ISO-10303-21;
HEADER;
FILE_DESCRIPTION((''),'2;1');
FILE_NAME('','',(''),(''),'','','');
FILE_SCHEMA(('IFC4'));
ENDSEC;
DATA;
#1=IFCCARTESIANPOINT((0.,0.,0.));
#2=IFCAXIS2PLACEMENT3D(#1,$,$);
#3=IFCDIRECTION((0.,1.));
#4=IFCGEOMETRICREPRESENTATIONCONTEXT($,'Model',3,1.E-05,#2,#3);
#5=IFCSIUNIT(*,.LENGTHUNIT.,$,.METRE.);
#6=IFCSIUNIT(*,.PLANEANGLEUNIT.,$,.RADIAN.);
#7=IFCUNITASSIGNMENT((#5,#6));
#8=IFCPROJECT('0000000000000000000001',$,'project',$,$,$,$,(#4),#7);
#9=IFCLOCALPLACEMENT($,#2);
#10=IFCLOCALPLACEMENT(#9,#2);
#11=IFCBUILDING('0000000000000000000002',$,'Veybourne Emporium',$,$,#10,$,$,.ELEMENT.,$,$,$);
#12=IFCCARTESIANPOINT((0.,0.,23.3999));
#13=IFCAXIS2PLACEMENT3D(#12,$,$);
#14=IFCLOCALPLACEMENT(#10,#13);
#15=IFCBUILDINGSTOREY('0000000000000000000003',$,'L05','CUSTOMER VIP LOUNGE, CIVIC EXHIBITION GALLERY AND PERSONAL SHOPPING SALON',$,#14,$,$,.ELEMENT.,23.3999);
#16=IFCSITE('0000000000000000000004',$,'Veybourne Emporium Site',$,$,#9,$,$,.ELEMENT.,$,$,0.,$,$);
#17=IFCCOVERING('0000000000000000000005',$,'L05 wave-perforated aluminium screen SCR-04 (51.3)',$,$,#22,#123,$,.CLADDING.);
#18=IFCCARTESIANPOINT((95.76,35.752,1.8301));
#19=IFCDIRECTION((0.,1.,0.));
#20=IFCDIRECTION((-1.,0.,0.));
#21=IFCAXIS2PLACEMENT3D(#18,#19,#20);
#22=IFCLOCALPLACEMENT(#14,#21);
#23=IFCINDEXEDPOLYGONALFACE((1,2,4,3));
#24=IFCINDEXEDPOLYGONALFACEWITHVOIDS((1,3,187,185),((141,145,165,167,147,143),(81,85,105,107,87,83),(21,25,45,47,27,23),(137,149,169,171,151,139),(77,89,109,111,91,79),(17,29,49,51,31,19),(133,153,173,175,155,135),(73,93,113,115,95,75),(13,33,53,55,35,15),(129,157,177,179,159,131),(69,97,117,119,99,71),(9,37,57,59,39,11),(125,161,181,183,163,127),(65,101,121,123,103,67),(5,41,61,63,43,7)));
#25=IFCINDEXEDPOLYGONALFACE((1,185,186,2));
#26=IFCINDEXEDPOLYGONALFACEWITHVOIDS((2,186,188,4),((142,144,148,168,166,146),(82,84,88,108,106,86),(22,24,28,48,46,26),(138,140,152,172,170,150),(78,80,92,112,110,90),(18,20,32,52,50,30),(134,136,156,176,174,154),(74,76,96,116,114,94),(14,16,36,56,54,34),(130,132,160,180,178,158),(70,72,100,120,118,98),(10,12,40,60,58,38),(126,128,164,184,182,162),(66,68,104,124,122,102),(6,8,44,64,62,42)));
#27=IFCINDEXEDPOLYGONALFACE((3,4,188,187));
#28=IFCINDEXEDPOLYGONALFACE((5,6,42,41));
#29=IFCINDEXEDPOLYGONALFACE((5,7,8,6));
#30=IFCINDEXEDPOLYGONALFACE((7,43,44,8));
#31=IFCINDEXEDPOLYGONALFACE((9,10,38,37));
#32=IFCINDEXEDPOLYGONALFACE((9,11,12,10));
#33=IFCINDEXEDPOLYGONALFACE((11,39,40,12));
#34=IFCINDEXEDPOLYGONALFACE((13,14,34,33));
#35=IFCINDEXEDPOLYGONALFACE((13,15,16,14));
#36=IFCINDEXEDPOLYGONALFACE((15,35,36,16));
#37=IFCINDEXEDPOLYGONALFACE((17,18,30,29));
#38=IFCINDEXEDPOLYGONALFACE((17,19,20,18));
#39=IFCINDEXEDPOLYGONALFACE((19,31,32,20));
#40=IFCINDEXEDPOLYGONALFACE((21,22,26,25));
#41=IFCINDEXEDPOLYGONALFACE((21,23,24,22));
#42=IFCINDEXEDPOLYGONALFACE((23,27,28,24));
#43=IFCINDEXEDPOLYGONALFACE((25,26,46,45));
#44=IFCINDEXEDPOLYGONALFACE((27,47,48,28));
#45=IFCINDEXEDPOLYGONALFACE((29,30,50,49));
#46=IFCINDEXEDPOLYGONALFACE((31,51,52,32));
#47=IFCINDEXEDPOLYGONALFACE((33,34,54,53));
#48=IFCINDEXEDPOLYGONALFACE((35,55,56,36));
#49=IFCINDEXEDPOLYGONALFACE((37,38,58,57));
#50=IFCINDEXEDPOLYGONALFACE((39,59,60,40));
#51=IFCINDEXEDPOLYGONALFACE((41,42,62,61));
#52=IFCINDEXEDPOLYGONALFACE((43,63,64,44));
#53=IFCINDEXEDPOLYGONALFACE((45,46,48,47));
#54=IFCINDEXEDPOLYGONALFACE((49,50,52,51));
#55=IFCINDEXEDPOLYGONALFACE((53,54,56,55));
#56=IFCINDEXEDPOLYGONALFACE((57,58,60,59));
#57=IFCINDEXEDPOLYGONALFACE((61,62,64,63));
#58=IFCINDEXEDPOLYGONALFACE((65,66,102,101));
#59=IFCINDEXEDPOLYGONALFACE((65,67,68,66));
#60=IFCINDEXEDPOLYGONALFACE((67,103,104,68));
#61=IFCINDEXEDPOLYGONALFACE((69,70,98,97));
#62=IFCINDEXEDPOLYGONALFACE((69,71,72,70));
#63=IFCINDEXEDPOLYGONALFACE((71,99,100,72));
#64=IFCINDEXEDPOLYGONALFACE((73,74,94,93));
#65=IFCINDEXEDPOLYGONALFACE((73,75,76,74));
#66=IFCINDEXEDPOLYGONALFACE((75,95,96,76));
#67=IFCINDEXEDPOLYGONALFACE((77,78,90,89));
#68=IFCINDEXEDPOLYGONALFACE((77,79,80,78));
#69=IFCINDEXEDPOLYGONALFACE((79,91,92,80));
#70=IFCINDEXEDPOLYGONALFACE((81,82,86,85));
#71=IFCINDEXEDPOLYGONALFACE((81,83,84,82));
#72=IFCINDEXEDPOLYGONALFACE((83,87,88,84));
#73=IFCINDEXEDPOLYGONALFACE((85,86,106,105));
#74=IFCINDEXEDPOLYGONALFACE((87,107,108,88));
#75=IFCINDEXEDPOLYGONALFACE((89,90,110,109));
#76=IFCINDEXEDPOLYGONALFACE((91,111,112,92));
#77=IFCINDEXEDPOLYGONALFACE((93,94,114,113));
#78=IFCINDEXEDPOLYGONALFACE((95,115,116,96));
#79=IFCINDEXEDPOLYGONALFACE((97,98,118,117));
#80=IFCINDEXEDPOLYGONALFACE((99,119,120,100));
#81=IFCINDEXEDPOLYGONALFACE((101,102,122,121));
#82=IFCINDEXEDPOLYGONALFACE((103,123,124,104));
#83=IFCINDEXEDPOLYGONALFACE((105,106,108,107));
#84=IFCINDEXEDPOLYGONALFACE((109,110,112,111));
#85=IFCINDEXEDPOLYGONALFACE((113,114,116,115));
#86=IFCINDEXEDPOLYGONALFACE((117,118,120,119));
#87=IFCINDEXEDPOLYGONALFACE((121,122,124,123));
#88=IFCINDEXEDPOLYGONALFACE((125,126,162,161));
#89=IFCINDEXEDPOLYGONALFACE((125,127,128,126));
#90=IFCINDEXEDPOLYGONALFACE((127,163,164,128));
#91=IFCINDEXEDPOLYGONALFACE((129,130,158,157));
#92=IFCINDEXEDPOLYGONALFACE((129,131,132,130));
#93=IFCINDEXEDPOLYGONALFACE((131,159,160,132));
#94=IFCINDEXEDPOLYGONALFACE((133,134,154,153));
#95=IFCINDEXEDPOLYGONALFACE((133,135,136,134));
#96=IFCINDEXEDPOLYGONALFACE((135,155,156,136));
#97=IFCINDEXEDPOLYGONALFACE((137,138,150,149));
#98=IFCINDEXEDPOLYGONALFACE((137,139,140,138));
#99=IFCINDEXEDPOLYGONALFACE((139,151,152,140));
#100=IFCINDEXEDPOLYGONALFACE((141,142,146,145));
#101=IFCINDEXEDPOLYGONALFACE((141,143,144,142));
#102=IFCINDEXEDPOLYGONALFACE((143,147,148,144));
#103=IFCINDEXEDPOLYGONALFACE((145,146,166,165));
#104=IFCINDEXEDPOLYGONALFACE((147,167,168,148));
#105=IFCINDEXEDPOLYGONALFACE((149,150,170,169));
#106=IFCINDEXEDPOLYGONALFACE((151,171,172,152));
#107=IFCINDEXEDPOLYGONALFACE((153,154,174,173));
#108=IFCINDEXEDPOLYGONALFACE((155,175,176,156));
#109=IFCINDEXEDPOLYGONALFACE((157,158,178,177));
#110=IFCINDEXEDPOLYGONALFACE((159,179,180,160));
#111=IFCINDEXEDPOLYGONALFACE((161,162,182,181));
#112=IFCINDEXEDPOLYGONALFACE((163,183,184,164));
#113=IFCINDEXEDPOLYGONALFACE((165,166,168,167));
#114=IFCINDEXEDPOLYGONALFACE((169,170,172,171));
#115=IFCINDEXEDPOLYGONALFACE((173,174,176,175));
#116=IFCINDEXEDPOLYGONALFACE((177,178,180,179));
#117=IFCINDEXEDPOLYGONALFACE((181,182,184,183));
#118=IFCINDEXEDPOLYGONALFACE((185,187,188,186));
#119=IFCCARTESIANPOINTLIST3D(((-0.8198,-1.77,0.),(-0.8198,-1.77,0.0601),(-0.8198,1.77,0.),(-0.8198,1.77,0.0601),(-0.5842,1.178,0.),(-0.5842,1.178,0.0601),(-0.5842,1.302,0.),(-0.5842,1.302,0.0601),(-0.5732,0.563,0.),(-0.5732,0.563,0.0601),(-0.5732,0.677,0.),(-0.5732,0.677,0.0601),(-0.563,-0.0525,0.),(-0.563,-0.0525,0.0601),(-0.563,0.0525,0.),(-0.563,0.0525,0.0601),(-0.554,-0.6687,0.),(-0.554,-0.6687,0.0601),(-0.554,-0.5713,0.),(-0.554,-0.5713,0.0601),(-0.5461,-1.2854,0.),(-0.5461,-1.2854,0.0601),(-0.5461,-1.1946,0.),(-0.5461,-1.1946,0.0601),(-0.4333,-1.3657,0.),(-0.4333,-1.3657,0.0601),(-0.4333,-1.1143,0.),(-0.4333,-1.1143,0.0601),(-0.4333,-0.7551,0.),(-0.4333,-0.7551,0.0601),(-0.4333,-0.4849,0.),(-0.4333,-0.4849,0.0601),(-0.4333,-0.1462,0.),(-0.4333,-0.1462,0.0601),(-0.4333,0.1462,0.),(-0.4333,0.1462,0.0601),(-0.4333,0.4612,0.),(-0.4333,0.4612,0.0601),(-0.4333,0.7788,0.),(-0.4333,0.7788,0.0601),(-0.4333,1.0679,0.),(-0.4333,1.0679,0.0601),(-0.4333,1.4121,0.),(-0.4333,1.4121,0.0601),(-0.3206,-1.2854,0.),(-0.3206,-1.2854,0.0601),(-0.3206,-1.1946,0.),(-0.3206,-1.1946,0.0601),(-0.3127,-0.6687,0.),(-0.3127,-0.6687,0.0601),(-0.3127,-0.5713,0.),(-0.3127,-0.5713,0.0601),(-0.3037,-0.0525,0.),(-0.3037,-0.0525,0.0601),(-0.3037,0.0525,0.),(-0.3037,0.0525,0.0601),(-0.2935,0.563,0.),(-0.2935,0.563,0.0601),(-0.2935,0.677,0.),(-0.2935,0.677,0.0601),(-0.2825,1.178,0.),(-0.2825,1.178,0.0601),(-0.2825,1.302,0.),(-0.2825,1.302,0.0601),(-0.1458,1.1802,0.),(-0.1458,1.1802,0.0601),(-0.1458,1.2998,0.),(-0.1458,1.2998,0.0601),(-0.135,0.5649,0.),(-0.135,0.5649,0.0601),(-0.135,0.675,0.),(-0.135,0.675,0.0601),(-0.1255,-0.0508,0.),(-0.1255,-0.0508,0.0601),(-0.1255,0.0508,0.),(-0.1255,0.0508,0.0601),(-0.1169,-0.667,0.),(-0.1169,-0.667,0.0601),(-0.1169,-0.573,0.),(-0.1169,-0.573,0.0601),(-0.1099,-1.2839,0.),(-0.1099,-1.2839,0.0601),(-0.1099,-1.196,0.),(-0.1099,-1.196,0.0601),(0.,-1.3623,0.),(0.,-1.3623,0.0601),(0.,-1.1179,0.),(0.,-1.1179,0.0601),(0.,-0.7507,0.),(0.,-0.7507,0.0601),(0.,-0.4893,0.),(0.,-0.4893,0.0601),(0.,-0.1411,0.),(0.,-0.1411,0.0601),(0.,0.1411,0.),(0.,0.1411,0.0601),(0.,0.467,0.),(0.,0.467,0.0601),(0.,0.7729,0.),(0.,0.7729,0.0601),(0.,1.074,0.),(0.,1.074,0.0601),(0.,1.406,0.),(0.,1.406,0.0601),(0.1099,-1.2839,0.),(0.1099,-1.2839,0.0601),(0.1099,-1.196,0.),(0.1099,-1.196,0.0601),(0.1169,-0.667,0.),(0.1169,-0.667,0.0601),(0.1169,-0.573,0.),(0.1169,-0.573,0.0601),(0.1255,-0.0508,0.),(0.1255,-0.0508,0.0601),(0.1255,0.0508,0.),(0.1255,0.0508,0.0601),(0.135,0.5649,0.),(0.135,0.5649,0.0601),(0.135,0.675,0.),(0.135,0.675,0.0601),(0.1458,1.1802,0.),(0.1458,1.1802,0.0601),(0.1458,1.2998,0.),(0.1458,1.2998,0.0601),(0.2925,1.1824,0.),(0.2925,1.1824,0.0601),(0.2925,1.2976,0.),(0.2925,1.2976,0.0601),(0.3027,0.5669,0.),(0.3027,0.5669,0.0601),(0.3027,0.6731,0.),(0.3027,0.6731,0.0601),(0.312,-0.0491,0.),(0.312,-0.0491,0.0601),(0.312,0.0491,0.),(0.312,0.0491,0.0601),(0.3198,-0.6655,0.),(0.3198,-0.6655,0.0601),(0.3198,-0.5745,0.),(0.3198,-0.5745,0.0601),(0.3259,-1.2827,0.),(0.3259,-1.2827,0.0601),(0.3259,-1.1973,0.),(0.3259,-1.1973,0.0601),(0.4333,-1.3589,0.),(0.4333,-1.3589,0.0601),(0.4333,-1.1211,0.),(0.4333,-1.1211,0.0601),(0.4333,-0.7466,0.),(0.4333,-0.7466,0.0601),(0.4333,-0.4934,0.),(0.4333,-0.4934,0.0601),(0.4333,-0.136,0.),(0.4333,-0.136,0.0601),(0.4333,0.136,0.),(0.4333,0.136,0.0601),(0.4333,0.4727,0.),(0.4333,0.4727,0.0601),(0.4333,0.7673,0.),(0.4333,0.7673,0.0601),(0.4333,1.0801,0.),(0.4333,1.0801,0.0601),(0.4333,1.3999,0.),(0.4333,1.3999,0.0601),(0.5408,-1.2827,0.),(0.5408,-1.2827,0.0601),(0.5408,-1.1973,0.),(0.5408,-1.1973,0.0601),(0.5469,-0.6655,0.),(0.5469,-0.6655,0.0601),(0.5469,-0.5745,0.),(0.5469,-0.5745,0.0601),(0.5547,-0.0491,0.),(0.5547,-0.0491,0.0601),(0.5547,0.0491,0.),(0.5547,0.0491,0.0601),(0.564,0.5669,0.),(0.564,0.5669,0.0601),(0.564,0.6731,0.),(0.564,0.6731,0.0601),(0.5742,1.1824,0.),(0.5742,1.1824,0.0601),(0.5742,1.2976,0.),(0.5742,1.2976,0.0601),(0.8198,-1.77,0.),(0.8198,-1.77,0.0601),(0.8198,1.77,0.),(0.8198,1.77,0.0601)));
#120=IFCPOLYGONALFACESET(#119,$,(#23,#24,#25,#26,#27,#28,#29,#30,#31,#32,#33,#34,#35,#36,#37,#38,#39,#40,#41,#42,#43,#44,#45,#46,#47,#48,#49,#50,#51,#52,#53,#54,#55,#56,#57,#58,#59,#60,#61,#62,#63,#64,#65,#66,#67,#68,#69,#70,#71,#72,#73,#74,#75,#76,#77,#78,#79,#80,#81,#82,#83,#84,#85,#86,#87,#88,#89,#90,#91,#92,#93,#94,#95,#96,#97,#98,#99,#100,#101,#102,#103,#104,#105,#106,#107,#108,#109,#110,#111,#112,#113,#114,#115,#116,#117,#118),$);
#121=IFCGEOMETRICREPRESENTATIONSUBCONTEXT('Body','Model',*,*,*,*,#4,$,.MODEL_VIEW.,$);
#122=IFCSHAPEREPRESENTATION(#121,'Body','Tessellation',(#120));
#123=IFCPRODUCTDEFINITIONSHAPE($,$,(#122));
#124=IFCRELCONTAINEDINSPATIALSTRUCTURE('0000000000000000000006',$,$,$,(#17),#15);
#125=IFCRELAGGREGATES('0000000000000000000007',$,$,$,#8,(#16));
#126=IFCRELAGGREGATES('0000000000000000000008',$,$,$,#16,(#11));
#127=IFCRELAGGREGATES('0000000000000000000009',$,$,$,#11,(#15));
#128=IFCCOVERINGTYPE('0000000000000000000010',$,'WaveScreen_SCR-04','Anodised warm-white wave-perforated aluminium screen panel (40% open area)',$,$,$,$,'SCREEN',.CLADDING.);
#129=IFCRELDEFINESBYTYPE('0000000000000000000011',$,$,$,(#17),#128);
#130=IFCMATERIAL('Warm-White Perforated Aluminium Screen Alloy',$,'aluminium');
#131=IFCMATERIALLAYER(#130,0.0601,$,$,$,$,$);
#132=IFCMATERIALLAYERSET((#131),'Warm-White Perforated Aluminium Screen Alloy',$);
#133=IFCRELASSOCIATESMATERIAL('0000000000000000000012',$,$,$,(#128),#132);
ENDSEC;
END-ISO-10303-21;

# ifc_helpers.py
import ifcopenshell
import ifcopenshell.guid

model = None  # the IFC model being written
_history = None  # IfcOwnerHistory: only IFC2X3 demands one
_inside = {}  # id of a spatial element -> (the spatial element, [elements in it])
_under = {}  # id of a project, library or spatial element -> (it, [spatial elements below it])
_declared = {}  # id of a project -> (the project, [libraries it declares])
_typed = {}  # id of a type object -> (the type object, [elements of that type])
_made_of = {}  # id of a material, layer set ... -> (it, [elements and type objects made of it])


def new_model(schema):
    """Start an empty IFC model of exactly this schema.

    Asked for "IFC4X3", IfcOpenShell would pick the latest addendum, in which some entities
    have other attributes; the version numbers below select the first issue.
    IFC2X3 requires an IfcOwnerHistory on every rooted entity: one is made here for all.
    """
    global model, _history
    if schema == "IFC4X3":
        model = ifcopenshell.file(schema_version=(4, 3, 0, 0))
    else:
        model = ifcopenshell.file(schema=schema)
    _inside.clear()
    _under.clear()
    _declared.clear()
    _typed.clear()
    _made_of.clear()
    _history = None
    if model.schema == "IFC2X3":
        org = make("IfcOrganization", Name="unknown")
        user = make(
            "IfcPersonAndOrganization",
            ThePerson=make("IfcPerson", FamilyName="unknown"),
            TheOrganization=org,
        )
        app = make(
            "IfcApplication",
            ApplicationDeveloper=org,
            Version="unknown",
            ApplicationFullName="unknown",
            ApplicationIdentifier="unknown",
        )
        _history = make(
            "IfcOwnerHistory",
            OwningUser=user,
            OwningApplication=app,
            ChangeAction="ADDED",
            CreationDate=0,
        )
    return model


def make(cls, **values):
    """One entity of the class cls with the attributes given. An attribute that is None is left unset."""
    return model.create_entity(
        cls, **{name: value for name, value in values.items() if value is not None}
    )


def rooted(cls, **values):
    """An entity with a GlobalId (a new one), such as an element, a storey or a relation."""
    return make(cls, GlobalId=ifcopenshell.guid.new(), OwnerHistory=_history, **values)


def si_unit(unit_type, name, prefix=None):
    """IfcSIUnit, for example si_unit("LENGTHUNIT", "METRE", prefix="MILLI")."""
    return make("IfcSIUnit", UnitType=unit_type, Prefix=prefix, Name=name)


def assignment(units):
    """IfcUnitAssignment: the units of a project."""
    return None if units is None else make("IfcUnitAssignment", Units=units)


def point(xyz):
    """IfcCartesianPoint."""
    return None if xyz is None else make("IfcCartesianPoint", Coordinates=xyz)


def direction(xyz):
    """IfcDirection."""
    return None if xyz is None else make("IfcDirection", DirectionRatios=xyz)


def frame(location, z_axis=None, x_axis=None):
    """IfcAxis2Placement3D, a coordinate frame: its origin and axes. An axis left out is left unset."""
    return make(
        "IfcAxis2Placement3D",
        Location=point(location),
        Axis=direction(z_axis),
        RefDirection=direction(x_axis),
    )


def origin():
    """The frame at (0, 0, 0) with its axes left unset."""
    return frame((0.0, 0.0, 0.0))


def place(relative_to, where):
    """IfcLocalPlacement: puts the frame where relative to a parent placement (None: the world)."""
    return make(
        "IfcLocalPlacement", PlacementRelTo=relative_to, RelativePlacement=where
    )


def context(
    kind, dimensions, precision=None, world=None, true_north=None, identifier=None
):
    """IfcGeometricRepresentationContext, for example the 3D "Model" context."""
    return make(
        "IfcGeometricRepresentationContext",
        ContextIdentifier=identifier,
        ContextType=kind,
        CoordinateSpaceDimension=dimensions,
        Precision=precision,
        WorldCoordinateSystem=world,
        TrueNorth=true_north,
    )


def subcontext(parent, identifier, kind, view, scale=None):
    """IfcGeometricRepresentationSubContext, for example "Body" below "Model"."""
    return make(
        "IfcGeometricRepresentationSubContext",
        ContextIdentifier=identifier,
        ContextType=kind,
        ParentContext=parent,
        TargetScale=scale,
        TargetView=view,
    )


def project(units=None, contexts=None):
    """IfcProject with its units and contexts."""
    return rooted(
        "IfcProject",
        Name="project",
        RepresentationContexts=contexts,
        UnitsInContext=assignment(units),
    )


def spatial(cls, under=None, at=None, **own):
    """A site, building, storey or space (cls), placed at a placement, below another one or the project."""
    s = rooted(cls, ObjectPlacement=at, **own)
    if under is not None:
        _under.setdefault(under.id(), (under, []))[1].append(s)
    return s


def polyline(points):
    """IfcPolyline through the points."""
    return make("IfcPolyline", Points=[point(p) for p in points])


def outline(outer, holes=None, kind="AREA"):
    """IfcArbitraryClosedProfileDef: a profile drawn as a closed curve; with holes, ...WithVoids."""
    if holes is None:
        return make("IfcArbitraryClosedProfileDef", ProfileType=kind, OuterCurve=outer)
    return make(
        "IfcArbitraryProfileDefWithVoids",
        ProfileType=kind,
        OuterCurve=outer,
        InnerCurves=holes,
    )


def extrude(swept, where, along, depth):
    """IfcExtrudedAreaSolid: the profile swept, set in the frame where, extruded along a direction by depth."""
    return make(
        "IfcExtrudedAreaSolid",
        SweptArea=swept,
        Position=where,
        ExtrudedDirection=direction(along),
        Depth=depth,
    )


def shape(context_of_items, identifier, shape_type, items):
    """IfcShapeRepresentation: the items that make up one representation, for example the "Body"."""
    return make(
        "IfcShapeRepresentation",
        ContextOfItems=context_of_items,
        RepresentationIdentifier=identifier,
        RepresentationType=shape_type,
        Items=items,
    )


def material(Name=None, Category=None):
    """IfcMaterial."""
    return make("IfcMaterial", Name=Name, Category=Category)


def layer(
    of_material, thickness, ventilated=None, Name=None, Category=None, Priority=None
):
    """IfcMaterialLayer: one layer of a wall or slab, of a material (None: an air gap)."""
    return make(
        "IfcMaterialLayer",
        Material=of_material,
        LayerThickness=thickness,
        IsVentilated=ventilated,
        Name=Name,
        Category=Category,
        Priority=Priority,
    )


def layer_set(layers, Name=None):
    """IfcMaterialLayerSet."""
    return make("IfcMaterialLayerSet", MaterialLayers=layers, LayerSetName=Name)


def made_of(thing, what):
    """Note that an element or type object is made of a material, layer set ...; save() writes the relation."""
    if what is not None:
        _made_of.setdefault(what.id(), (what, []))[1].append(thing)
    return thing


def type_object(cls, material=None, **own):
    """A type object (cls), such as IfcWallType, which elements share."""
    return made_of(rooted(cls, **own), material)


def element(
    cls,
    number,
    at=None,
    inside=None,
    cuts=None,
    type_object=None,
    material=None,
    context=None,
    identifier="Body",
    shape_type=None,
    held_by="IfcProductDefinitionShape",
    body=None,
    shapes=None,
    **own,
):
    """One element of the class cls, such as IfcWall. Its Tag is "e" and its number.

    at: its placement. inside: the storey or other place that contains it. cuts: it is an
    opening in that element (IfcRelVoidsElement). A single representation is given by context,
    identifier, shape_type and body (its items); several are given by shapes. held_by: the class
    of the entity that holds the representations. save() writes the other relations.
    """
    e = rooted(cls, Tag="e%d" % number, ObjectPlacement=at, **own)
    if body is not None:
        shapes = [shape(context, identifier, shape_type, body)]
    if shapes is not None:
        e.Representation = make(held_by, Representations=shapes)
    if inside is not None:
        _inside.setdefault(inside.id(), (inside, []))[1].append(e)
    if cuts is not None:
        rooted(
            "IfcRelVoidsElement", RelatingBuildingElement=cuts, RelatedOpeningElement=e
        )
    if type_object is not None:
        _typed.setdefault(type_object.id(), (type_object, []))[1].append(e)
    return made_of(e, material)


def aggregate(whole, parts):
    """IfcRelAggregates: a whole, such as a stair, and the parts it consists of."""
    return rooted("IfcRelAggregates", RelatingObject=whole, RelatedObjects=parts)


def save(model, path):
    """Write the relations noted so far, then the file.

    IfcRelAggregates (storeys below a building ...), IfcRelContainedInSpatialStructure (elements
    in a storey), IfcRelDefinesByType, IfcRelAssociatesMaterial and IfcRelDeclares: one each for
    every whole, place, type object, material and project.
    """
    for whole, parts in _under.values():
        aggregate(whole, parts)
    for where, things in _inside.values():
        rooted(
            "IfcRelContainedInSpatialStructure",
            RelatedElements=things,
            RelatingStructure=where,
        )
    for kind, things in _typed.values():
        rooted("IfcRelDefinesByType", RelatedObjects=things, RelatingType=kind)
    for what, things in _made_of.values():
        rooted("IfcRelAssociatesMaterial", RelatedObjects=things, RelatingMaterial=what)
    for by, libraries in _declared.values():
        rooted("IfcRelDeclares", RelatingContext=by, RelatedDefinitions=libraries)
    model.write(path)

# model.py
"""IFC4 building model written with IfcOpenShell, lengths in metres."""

from ifc_helpers import new_model, si_unit, direction, frame, origin, place, context, subcontext, project, spatial, polyline, outline, extrude, material, layer, layer_set, type_object, element, save


model = new_model("IFC4")

# Units and contexts
model_context = context("Model", 3, precision=1e-05, world=origin(), true_north=direction((0.0, 1.0)))
body_context = subcontext(model_context, "Body", "Model", "MODEL_VIEW")
ifc_project = project(units=[si_unit("LENGTHUNIT", "METRE"), si_unit("PLANEANGLEUNIT", "RADIAN")], contexts=[model_context])

# Site, building, storey
site_placement = place(None, origin())
site = spatial("IfcSite", under=ifc_project, at=site_placement, Name="Veybourne Emporium Site", CompositionType="ELEMENT", RefElevation=0.0)
building_placement = place(site_placement, origin())
building = spatial("IfcBuilding", under=site, at=building_placement, Name="Veybourne Emporium", CompositionType="ELEMENT")
storey_placement = place(building_placement, frame((0.0, 0.0, 23.3999)))
storey = spatial("IfcBuildingStorey", under=building, at=storey_placement, Name="L05", Description="CUSTOMER VIP LOUNGE, CIVIC EXHIBITION GALLERY AND PERSONAL SHOPPING SALON", CompositionType="ELEMENT", Elevation=23.3999)

# Covering
ifc_material_1 = material(Name="Warm-White Perforated Aluminium Screen Alloy", Category="aluminium")
ifc_layer_1 = layer(ifc_material_1, 0.0601)
ifc_layer_set_1 = layer_set([ifc_layer_1], Name="Warm-White Perforated Aluminium Screen Alloy")
covering_type_1 = type_object("IfcCoveringType", Name="WaveScreen_SCR-04", Description="Anodised warm-white wave-perforated aluminium screen panel (40% open area)", ElementType="SCREEN", PredefinedType="CLADDING", material=ifc_layer_set_1)
covering_1_placement = place(storey_placement, frame((95.76, 35.752, 1.8301), z_axis=(0.0, 1.0, 0.0), x_axis=(-1.0, 0.0, 0.0)))
element("IfcCovering", 1, at=covering_1_placement, inside=storey, type_object=covering_type_1, Name="L05 wave-perforated aluminium screen SCR-04 (51.3)", PredefinedType="CLADDING", context=body_context, shape_type="SweptSolid", body=[
    extrude(outline(polyline([(-0.8198, -1.77), (0.8198, -1.77), (0.8198, 1.77), (-0.8198, 1.77), (-0.8198, -1.77)]), holes=[polyline([(-0.4333, -1.1143), (-0.3206, -1.1946), (-0.3206, -1.2854), (-0.4333, -1.3657), (-0.5461, -1.2854), (-0.5461, -1.1946), (-0.4333, -1.1143)]), polyline([(-0.4333, -0.4849), (-0.3127, -0.5713), (-0.3127, -0.6687), (-0.4333, -0.7551), (-0.554, -0.6687), (-0.554, -0.5713), (-0.4333, -0.4849)]), polyline([(-0.4333, 0.1462), (-0.3037, 0.0525), (-0.3037, -0.0525), (-0.4333, -0.1462), (-0.563, -0.0525), (-0.563, 0.0525), (-0.4333, 0.1462)]), polyline([(-0.4333, 0.7788), (-0.2935, 0.677), (-0.2935, 0.563), (-0.4333, 0.4612), (-0.5732, 0.563), (-0.5732, 0.677), (-0.4333, 0.7788)]), polyline([(-0.4333, 1.4121), (-0.2825, 1.302), (-0.2825, 1.178), (-0.4333, 1.0679), (-0.5842, 1.178), (-0.5842, 1.302), (-0.4333, 1.4121)]), polyline([(0.0, -1.1179), (0.1099, -1.196), (0.1099, -1.2839), (0.0, -1.3623), (-0.1099, -1.2839), (-0.1099, -1.196), (0.0, -1.1179)]), polyline([(0.0, -0.4893), (0.1169, -0.573), (0.1169, -0.667), (0.0, -0.7507), (-0.1169, -0.667), (-0.1169, -0.573), (0.0, -0.4893)]), polyline([(0.0, 0.1411), (0.1255, 0.0508), (0.1255, -0.0508), (0.0, -0.1411), (-0.1255, -0.0508), (-0.1255, 0.0508), (0.0, 0.1411)]), polyline([(0.0, 0.7729), (0.135, 0.675), (0.135, 0.5649), (0.0, 0.467), (-0.135, 0.5649), (-0.135, 0.675), (0.0, 0.7729)]), polyline([(0.0, 1.406), (0.1458, 1.2998), (0.1458, 1.1802), (0.0, 1.074), (-0.1458, 1.1802), (-0.1458, 1.2998), (0.0, 1.406)]), polyline([(0.4333, -1.1211), (0.5408, -1.1973), (0.5408, -1.2827), (0.4333, -1.3589), (0.3259, -1.2827), (0.3259, -1.1973), (0.4333, -1.1211)]), polyline([(0.4333, -0.4934), (0.5469, -0.5745), (0.5469, -0.6655), (0.4333, -0.7466), (0.3198, -0.6655), (0.3198, -0.5745), (0.4333, -0.4934)]), polyline([(0.4333, 0.136), (0.5547, 0.0491), (0.5547, -0.0491), (0.4333, -0.136), (0.312, -0.0491), (0.312, 0.0491), (0.4333, 0.136)]), polyline([(0.4333, 0.7673), (0.564, 0.6731), (0.564, 0.5669), (0.4333, 0.4727), (0.3027, 0.5669), (0.3027, 0.6731), (0.4333, 0.7673)]), polyline([(0.4333, 1.3999), (0.5742, 1.2976), (0.5742, 1.1824), (0.4333, 1.0801), (0.2925, 1.1824), (0.2925, 1.2976), (0.4333, 1.3999)])]), origin(), (0.0, 0.0, 1.0), 0.0601),
])

save(model, "model.ifc")
